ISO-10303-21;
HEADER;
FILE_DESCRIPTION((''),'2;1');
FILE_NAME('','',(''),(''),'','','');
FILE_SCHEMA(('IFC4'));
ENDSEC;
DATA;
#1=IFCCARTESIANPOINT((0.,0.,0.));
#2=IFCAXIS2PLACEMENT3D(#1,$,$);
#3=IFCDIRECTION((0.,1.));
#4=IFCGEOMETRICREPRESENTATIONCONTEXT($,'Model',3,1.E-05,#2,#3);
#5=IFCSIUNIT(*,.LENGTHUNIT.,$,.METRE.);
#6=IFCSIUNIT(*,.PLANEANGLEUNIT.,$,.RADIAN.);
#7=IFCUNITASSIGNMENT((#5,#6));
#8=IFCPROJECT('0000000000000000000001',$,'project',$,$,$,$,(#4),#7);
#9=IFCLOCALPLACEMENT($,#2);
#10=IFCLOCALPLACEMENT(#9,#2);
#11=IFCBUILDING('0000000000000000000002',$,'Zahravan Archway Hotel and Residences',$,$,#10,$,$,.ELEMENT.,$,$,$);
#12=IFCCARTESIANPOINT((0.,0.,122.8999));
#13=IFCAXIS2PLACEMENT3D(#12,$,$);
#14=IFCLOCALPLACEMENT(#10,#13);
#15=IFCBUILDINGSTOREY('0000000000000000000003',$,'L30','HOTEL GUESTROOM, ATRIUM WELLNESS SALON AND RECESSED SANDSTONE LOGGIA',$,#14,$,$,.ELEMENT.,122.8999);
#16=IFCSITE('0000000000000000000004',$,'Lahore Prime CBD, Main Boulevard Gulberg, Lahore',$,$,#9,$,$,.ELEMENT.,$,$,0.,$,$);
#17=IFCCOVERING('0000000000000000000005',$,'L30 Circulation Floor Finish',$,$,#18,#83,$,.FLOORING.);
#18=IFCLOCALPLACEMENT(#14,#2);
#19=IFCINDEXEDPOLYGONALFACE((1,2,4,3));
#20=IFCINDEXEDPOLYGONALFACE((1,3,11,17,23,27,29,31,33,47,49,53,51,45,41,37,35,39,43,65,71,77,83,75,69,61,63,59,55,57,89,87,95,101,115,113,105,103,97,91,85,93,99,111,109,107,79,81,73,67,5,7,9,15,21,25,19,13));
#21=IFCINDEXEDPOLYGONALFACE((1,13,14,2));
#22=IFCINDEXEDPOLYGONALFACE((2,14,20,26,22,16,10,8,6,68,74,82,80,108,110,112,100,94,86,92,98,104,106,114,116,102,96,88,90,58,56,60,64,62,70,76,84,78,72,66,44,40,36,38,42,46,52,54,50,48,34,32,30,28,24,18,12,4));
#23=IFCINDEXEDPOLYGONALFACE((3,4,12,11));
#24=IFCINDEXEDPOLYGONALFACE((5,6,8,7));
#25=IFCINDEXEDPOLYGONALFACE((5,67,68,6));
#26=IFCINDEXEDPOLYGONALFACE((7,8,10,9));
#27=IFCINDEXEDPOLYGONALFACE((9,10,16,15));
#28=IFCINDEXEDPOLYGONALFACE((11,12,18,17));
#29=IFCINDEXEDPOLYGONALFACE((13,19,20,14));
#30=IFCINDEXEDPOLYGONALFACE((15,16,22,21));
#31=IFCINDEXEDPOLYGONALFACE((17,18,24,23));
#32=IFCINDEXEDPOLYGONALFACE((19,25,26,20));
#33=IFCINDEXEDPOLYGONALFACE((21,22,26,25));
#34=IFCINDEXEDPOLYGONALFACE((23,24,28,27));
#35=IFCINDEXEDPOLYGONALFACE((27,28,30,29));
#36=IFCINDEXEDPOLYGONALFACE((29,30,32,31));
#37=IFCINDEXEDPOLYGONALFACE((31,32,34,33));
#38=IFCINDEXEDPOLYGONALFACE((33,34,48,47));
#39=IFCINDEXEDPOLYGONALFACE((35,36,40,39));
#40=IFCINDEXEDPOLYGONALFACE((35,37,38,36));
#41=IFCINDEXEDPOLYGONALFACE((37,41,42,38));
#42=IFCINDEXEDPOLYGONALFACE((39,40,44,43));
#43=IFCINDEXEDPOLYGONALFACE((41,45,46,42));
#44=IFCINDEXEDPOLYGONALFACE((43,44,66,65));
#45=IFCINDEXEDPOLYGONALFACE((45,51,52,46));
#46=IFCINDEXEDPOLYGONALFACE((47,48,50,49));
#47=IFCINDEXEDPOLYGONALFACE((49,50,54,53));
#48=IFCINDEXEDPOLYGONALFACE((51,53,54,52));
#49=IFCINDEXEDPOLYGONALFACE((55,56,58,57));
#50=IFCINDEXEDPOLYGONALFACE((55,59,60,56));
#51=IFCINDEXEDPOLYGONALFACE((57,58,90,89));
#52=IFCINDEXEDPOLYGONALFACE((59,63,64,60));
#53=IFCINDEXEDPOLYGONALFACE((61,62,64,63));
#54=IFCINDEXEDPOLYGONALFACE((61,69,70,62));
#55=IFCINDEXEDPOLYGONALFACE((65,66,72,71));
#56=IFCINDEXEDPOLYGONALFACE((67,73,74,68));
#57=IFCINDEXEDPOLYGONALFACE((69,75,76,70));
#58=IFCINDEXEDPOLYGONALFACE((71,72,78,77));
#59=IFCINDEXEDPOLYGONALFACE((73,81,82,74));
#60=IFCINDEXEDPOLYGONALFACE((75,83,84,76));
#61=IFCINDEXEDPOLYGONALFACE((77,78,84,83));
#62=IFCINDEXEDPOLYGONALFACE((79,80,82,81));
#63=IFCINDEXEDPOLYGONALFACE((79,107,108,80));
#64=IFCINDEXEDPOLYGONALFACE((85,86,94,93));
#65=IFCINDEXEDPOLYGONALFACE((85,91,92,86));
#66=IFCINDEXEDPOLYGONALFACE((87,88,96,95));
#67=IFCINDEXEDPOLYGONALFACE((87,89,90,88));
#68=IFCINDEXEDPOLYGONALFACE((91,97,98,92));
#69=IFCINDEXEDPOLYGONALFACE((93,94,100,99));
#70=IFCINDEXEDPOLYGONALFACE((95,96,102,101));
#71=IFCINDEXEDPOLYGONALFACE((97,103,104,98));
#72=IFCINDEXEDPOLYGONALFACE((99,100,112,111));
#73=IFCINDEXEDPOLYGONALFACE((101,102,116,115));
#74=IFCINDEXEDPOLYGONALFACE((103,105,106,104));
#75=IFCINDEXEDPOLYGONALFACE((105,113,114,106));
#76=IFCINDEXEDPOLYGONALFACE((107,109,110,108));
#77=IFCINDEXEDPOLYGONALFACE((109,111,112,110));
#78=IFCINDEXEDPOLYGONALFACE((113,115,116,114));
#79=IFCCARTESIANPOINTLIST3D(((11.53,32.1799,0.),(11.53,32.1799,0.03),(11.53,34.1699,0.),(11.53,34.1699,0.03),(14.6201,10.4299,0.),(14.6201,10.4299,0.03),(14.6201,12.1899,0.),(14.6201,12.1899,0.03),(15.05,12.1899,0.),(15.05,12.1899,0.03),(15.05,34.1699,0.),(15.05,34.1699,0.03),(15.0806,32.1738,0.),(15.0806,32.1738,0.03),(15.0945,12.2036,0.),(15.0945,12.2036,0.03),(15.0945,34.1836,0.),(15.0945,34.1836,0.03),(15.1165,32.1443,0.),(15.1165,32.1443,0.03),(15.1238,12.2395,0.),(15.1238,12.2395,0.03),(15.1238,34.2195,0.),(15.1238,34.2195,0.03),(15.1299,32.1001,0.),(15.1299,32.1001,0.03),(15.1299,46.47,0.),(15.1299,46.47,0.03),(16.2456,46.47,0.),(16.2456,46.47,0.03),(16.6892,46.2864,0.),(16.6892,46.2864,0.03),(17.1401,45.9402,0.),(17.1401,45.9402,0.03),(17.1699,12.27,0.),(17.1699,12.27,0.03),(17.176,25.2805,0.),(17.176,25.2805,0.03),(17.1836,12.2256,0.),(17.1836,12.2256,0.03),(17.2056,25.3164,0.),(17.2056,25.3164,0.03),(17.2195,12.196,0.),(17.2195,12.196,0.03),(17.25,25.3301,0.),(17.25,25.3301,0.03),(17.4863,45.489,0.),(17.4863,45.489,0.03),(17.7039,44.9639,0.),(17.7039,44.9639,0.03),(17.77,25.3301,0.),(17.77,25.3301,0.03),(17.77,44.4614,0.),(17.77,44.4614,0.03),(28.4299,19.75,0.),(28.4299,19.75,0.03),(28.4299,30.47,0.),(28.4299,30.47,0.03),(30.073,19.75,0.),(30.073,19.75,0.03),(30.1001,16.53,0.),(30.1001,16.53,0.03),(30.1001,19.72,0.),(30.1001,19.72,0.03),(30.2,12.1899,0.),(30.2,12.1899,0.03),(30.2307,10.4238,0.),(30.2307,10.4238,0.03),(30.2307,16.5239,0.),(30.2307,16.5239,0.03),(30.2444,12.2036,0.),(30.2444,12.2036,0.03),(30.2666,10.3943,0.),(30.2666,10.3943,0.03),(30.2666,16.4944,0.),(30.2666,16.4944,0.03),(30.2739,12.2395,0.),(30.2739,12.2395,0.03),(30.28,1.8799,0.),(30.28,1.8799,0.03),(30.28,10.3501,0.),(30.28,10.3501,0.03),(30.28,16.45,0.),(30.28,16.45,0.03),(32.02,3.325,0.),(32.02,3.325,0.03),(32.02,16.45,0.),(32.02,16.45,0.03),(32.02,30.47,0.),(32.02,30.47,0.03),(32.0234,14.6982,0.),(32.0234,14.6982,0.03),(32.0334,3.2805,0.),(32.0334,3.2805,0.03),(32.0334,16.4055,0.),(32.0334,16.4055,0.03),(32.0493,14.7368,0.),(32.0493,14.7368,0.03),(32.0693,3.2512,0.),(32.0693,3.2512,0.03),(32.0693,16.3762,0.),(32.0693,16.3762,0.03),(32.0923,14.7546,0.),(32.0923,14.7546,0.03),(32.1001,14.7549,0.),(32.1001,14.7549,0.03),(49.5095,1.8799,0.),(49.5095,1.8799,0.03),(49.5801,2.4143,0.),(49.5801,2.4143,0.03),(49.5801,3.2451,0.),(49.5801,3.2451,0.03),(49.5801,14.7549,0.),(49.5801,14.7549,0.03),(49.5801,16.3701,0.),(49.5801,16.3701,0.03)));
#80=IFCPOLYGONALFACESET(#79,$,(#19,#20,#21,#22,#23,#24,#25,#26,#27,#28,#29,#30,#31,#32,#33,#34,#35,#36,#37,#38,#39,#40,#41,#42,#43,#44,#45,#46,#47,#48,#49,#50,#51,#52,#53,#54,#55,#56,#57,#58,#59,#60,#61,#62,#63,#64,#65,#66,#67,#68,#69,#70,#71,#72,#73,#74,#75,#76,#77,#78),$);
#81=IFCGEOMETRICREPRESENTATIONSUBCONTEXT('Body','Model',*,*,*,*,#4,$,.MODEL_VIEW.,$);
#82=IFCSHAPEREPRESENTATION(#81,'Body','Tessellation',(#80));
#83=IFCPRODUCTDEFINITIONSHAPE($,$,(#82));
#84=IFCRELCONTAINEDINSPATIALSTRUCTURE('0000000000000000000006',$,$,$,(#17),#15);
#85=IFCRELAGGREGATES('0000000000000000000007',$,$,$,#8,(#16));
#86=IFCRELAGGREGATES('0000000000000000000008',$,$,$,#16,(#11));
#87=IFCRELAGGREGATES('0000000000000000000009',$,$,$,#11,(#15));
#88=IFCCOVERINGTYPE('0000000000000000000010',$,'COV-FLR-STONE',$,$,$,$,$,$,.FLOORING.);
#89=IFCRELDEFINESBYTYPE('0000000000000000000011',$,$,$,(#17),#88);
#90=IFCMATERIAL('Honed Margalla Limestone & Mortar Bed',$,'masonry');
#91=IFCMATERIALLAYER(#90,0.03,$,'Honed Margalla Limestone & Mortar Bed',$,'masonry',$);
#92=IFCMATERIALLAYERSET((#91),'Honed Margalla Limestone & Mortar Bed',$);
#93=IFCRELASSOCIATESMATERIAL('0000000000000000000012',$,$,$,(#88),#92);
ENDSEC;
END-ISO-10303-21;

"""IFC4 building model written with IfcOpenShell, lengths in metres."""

from ifc_helpers import new_model, si_unit, direction, frame, origin, place, context, subcontext, project, spatial, polyline, outline, extrude, material, layer, layer_set, type_object, element, save


model = new_model("IFC4")

# Units and contexts
model_context = context("Model", 3, precision=1e-05, world=origin(), true_north=direction((0.0, 1.0)))
body_context = subcontext(model_context, "Body", "Model", "MODEL_VIEW")
ifc_project = project(units=[si_unit("LENGTHUNIT", "METRE"), si_unit("PLANEANGLEUNIT", "RADIAN")], contexts=[model_context])

# Site, building, storey
site_placement = place(None, origin())
site = spatial("IfcSite", under=ifc_project, at=site_placement, Name="Lahore Prime CBD, Main Boulevard Gulberg, Lahore", CompositionType="ELEMENT", RefElevation=0.0)
building_placement = place(site_placement, origin())
building = spatial("IfcBuilding", under=site, at=building_placement, Name="Zahravan Archway Hotel and Residences", CompositionType="ELEMENT")
storey_placement = place(building_placement, frame((0.0, 0.0, 122.8999)))
storey = spatial("IfcBuildingStorey", under=building, at=storey_placement, Name="L30", Description="HOTEL GUESTROOM, ATRIUM WELLNESS SALON AND RECESSED SANDSTONE LOGGIA", CompositionType="ELEMENT", Elevation=122.8999)

# Covering
ifc_material_1 = material(Name="Honed Margalla Limestone & Mortar Bed", Category="masonry")
ifc_layer_1 = layer(ifc_material_1, 0.03, Name="Honed Margalla Limestone & Mortar Bed", Category="masonry")
ifc_layer_set_1 = layer_set([ifc_layer_1], Name="Honed Margalla Limestone & Mortar Bed")
covering_type_1 = type_object("IfcCoveringType", Name="COV-FLR-STONE", PredefinedType="FLOORING", material=ifc_layer_set_1)
covering_1_placement = place(storey_placement, origin())
element("IfcCovering", 1, at=covering_1_placement, inside=storey, type_object=covering_type_1, Name="L30 Circulation Floor Finish", PredefinedType="FLOORING", context=body_context, shape_type="SweptSolid", body=[
    extrude(outline(polyline([(32.0923, 14.7546), (32.0493, 14.7368), (32.0234, 14.6982), (32.02, 3.325), (32.0334, 3.2805), (32.0693, 3.2512), (49.5801, 3.2451), (49.5801, 2.4143), (49.5095, 1.8799), (30.28, 1.8799), (30.28, 10.3501), (30.2666, 10.3943), (30.2307, 10.4238), (14.6201, 10.4299), (14.6201, 12.1899), (15.05, 12.1899), (15.0945, 12.2036), (15.1238, 12.2395), (15.1299, 32.1001), (15.1165, 32.1443), (15.0806, 32.1738), (11.53, 32.1799), (11.53, 34.1699), (15.05, 34.1699), (15.0945, 34.1836), (15.1238, 34.2195), (15.1299, 46.47), (16.2456, 46.47), (16.6892, 46.2864), (17.1401, 45.9402), (17.4863, 45.489), (17.7039, 44.9639), (17.77, 44.4614), (17.77, 25.3301), (17.25, 25.3301), (17.2056, 25.3164), (17.176, 25.2805), (17.1699, 12.27), (17.1836, 12.2256), (17.2195, 12.196), (30.2, 12.1899), (30.2444, 12.2036), (30.2739, 12.2395), (30.28, 16.45), (30.2666, 16.4944), (30.2307, 16.5239), (30.1001, 16.53), (30.1001, 19.72), (30.073, 19.75), (28.4299, 19.75), (28.4299, 30.47), (32.02, 30.47), (32.02, 16.45), (32.0334, 16.4055), (32.0693, 16.3762), (49.5801, 16.3701), (49.5801, 14.7549), (32.1001, 14.7549), (32.0923, 14.7546)])), origin(), (0.0, 0.0, 1.0), 0.03),
])

save(model, "model.ifc")
